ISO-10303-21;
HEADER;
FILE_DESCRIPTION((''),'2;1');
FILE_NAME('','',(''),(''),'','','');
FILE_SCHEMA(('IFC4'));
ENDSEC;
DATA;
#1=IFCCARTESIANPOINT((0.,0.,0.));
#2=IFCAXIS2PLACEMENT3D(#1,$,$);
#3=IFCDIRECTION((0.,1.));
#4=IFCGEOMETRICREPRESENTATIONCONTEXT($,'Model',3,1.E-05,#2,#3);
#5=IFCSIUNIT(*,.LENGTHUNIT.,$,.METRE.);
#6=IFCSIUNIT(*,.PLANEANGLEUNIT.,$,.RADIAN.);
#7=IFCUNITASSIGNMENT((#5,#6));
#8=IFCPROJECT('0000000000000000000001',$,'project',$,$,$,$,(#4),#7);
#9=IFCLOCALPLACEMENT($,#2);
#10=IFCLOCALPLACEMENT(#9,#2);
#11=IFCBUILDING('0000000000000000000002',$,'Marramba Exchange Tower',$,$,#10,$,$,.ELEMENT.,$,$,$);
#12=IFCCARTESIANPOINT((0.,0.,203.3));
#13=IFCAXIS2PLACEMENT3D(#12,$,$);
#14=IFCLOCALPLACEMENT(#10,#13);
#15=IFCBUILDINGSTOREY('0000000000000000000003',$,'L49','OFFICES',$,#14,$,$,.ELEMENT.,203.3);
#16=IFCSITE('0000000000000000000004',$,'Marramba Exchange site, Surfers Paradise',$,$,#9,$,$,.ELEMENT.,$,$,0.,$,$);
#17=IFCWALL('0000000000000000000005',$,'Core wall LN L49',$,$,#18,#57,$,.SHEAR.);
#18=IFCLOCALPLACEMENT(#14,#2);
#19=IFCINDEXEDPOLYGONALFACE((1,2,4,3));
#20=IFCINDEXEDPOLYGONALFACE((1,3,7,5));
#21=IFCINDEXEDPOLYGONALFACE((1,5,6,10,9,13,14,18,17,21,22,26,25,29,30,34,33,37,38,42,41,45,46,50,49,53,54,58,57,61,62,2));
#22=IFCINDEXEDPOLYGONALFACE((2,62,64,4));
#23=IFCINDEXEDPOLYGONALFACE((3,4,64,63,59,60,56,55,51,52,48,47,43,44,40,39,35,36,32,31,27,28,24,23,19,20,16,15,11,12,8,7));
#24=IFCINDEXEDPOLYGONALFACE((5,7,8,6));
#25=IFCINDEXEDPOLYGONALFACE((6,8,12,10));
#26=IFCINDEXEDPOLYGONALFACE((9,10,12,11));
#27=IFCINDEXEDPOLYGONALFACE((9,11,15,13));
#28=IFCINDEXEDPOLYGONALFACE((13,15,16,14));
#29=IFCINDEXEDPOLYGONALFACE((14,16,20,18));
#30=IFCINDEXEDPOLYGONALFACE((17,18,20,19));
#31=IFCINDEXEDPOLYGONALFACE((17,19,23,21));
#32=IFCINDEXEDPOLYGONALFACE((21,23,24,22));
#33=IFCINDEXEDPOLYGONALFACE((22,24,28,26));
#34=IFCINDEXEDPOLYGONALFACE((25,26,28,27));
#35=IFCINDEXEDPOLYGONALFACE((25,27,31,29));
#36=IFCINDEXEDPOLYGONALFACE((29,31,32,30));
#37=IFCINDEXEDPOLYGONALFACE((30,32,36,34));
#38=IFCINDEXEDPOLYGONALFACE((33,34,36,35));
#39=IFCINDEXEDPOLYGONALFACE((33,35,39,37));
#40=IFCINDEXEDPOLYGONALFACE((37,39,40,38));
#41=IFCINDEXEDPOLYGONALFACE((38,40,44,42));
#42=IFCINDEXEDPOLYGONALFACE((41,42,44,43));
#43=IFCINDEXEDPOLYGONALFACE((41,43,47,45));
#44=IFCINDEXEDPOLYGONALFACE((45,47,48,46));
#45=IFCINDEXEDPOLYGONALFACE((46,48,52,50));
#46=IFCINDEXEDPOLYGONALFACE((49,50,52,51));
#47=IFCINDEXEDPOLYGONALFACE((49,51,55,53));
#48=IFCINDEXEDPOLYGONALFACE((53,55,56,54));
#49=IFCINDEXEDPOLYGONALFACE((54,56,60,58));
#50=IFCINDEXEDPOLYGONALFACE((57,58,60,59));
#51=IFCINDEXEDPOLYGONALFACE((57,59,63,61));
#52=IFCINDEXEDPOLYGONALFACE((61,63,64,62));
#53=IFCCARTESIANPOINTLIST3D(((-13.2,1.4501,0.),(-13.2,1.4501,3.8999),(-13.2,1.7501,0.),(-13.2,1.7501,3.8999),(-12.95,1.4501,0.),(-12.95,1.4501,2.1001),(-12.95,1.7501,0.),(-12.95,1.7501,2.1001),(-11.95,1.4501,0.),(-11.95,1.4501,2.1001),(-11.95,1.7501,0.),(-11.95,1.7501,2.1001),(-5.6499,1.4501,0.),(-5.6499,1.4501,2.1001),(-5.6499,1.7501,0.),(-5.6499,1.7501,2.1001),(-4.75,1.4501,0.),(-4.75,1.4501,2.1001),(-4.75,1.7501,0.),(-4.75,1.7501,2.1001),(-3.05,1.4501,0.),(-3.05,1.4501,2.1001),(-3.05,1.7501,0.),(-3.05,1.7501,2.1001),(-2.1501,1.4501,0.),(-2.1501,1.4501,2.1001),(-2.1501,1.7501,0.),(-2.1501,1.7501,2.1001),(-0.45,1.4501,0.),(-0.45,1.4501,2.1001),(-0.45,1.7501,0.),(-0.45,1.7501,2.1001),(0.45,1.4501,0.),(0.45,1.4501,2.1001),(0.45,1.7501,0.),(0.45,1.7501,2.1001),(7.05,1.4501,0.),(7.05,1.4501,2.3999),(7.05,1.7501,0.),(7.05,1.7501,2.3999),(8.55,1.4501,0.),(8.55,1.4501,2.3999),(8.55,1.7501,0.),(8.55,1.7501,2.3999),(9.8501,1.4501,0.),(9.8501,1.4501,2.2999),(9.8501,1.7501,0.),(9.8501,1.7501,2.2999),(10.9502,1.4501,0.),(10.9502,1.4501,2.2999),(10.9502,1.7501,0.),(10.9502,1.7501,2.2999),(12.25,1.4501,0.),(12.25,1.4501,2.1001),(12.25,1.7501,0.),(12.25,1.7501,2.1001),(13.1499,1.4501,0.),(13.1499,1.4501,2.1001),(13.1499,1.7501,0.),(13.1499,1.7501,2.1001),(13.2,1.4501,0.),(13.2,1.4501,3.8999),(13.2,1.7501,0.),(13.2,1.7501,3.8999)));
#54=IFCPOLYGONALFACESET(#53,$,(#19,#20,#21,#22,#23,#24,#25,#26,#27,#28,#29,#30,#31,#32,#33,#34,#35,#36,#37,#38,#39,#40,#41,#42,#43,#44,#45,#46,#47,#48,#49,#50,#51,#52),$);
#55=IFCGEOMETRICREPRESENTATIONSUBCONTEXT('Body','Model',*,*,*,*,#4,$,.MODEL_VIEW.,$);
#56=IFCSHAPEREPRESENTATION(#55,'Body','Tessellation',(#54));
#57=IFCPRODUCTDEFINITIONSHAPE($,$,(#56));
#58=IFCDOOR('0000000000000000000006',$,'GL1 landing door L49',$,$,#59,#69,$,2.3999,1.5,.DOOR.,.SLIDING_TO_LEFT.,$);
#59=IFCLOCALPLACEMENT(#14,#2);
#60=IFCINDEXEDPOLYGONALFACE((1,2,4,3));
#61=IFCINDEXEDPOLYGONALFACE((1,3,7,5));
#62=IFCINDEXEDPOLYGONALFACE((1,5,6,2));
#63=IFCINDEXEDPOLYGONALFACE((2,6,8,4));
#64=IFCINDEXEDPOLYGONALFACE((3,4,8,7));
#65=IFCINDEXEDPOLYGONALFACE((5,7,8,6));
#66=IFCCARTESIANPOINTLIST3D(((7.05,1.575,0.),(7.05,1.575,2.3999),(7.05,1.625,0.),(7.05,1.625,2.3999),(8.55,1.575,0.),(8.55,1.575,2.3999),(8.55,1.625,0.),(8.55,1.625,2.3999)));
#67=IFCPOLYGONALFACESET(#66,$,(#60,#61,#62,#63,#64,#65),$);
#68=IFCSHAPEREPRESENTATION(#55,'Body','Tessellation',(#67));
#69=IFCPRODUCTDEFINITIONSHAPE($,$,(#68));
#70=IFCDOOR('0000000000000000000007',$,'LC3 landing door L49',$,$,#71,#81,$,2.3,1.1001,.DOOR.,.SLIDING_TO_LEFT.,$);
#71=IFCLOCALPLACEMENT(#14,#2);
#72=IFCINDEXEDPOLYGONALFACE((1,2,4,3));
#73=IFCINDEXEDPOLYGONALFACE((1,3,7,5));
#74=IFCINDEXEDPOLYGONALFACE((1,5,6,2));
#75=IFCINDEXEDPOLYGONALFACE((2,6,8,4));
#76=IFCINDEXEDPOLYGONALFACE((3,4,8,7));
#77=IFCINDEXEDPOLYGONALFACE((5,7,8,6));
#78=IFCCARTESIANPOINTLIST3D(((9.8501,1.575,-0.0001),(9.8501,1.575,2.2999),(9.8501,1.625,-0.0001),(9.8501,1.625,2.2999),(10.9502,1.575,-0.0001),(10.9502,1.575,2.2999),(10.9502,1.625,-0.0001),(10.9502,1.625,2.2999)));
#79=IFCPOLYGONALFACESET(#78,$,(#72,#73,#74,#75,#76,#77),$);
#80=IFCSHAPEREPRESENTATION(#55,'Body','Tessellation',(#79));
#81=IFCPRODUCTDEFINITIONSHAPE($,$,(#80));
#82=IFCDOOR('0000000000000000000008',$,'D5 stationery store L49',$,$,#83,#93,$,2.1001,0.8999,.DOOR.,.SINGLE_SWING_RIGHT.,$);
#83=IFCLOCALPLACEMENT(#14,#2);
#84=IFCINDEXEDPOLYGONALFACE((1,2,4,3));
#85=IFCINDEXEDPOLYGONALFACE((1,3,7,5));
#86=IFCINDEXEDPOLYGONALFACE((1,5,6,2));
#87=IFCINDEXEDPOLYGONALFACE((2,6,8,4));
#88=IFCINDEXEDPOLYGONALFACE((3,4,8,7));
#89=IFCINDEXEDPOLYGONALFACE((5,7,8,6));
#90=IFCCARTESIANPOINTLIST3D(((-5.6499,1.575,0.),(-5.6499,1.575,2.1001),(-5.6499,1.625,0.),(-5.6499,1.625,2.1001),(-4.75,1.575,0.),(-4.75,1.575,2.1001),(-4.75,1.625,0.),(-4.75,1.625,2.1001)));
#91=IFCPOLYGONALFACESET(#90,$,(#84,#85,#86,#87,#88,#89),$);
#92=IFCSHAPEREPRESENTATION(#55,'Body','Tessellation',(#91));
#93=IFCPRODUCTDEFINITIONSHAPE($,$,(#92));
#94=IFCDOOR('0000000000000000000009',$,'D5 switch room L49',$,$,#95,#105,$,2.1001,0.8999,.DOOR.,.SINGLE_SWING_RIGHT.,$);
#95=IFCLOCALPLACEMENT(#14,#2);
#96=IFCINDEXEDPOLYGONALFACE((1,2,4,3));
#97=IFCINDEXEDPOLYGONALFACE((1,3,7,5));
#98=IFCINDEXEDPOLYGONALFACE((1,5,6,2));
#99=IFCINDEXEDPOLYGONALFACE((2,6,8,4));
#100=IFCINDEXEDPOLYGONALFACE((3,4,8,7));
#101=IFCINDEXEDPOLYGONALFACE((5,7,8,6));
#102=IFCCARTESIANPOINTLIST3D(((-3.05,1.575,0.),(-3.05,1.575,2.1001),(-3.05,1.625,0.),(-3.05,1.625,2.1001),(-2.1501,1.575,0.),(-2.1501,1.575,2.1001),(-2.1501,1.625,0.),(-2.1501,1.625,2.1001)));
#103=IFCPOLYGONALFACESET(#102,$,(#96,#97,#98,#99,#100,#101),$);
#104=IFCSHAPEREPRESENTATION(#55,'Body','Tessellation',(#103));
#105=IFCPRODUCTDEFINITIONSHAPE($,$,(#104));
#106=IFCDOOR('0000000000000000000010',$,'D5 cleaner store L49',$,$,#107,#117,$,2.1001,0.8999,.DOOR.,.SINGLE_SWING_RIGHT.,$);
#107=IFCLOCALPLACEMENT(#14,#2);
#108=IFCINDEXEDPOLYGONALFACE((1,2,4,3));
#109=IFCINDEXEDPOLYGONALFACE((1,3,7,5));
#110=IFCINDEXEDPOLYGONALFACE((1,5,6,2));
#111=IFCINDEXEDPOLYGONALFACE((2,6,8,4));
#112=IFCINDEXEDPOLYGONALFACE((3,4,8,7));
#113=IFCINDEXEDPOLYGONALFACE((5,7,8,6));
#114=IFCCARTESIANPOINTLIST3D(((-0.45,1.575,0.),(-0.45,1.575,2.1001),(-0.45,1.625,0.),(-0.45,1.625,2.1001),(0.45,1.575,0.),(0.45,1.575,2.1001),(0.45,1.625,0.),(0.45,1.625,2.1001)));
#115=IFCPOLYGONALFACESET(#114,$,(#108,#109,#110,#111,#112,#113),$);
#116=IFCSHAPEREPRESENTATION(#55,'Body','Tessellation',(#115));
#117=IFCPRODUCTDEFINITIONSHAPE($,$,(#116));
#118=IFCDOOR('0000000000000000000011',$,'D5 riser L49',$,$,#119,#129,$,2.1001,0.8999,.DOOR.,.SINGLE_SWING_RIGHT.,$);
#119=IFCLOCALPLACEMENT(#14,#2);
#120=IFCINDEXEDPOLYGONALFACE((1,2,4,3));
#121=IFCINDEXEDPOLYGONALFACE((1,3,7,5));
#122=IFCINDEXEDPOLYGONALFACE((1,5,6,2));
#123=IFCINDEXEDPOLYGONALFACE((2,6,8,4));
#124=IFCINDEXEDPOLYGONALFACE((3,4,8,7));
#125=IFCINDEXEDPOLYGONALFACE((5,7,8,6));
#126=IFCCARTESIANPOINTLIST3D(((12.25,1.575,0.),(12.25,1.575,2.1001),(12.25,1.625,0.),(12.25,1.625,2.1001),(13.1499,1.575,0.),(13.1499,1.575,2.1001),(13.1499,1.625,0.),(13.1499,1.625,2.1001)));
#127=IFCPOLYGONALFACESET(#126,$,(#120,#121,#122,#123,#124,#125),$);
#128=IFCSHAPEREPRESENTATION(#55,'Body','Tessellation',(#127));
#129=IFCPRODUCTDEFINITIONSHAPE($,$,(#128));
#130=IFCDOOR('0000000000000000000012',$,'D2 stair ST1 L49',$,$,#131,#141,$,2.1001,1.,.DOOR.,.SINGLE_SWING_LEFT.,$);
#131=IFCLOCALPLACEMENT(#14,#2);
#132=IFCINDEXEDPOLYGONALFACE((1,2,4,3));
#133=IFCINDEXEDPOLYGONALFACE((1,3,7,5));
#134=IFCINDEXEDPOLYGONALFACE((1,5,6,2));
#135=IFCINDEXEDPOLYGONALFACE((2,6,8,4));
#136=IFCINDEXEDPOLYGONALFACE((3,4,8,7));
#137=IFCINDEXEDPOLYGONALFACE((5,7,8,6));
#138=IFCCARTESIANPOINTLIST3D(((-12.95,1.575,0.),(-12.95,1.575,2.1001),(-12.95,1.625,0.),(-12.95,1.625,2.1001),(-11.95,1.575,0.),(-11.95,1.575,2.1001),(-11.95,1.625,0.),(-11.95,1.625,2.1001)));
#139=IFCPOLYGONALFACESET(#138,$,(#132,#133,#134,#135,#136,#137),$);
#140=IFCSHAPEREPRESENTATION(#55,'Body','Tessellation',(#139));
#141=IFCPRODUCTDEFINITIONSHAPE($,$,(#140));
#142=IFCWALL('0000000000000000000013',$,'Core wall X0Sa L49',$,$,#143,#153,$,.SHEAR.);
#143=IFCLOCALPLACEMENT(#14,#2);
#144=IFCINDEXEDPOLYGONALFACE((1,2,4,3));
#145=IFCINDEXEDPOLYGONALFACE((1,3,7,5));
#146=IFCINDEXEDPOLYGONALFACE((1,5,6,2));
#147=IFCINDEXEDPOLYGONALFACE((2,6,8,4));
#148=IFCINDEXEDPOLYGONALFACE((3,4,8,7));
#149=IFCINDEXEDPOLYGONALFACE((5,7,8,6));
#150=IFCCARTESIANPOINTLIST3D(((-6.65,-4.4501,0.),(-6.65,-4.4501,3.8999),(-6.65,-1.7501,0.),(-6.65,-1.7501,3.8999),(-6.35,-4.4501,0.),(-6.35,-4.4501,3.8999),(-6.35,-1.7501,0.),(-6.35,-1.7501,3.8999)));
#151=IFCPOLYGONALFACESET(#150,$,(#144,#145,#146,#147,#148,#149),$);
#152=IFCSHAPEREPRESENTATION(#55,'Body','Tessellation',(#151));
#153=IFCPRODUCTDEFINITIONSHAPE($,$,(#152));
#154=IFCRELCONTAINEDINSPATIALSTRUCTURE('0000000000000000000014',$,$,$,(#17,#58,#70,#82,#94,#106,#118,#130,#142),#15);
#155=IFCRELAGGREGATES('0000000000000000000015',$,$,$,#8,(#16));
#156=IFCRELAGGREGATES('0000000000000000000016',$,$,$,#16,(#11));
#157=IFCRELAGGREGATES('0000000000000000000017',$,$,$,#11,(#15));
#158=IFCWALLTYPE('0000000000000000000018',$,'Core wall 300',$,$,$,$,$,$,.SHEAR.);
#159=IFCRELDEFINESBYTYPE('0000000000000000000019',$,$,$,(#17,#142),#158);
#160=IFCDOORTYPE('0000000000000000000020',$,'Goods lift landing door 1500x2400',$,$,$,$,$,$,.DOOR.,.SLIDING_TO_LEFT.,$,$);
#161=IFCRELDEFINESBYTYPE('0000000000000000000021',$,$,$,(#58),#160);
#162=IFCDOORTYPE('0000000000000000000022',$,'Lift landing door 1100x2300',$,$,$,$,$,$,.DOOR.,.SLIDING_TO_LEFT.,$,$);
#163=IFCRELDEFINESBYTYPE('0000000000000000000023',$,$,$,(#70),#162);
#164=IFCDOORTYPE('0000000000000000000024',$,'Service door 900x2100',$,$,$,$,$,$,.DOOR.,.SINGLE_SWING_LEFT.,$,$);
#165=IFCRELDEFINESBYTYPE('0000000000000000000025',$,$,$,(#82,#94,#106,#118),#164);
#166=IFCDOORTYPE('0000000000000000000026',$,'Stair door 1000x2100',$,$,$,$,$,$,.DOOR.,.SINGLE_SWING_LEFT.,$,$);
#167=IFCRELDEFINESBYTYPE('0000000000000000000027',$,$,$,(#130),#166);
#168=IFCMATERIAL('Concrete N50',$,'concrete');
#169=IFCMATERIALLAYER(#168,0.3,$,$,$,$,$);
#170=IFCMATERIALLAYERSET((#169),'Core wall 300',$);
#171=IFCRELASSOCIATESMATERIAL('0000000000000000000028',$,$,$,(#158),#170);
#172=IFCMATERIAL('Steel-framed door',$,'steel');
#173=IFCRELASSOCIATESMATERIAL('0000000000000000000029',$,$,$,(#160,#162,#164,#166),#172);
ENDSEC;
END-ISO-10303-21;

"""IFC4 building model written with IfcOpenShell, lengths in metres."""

from ifc_helpers import new_model, si_unit, direction, frame, frame_2d, origin, place, context, subcontext, project, spatial, rectangle, extrude, material, layer, layer_set, type_object, element, fill, save


model = new_model("IFC4")

# Units and contexts
model_context = context("Model", 3, precision=1e-05, world=origin(), true_north=direction((0.0, 1.0)))
body_context = subcontext(model_context, "Body", "Model", "MODEL_VIEW")
ifc_project = project(units=[si_unit("LENGTHUNIT", "METRE"), si_unit("PLANEANGLEUNIT", "RADIAN")], contexts=[model_context])

# Site, building, storey
site_placement = place(None, origin())
site = spatial("IfcSite", under=ifc_project, at=site_placement, Name="Marramba Exchange site, Surfers Paradise", CompositionType="ELEMENT", RefElevation=0.0)
building_placement = place(site_placement, origin())
building = spatial("IfcBuilding", under=site, at=building_placement, Name="Marramba Exchange Tower", CompositionType="ELEMENT")
storey_placement = place(building_placement, frame((0.0, 0.0, 203.3)))
storey = spatial("IfcBuildingStorey", under=building, at=storey_placement, Name="L49", Description="OFFICES", CompositionType="ELEMENT", Elevation=203.3)

# Shared definitions
ifc_material_1 = material(Name="Concrete N50", Category="concrete")

# Wall, openings, doors
ifc_layer_1 = layer(ifc_material_1, 0.3)
ifc_layer_set_1 = layer_set([ifc_layer_1], Name="Core wall 300")
wall_type_1 = type_object("IfcWallType", Name="Core wall 300", PredefinedType="SHEAR", material=ifc_layer_set_1)
wall_1_placement = place(storey_placement, frame((-13.2, 1.6001, 0.0), z_axis=(0.0, 0.0, 1.0), x_axis=(1.0, 0.0, 0.0)))
wall_1 = element("IfcWall", 1, at=wall_1_placement, inside=storey, type_object=wall_type_1, Name="Core wall LN L49", PredefinedType="SHEAR", context=body_context, shape_type="SweptSolid", body=[
    extrude(rectangle(XDim=26.3999, YDim=0.3, at=frame_2d((13.2, 0.0))), origin(), (0.0, 0.0, 1.0), 3.8999),
])
opening_1_placement = place(wall_1_placement, frame((0.25, 0.0, 0.0)))
opening_1 = element("IfcOpeningElement", 2, at=opening_1_placement, cuts=wall_1, PredefinedType="OPENING", context=body_context, shape_type="SweptSolid", body=[
    extrude(rectangle(XDim=1.0, YDim=2.1001, at=frame_2d((0.5, 1.05))), frame((0.0, 0.1599, 0.0), z_axis=(0.0, -1.0, 0.0), x_axis=(1.0, 0.0, 0.0)), (0.0, 0.0, 1.0), 0.3201),
])
opening_2_placement = place(wall_1_placement, frame((23.05, 0.0, 0.0)))
opening_2 = element("IfcOpeningElement", 3, at=opening_2_placement, cuts=wall_1, PredefinedType="OPENING", context=body_context, shape_type="SweptSolid", body=[
    extrude(rectangle(XDim=1.1001, YDim=2.3, at=frame_2d((0.55, 1.1499))), frame((0.0, 0.1599, 0.0), z_axis=(0.0, -1.0, 0.0), x_axis=(1.0, 0.0, 0.0)), (0.0, 0.0, 1.0), 0.3201),
])
opening_3_placement = place(wall_1_placement, frame((20.25, 0.0, 0.0)))
opening_3 = element("IfcOpeningElement", 4, at=opening_3_placement, cuts=wall_1, PredefinedType="OPENING", context=body_context, shape_type="SweptSolid", body=[
    extrude(rectangle(XDim=1.5, YDim=2.3999, at=frame_2d((0.75, 1.2))), frame((0.0, 0.1599, 0.0), z_axis=(0.0, -1.0, 0.0), x_axis=(1.0, 0.0, 0.0)), (0.0, 0.0, 1.0), 0.3201),
])
opening_4_placement = place(wall_1_placement, frame((7.55, 0.0, 0.0)))
opening_4 = element("IfcOpeningElement", 5, at=opening_4_placement, cuts=wall_1, PredefinedType="OPENING", context=body_context, shape_type="SweptSolid", body=[
    extrude(rectangle(XDim=0.8999, YDim=2.1001, at=frame_2d((0.45, 1.05))), frame((0.0, 0.1599, 0.0), z_axis=(0.0, -1.0, 0.0), x_axis=(1.0, 0.0, 0.0)), (0.0, 0.0, 1.0), 0.3201),
])
opening_5_placement = place(wall_1_placement, frame((10.1499, 0.0, 0.0)))
opening_5 = element("IfcOpeningElement", 6, at=opening_5_placement, cuts=wall_1, PredefinedType="OPENING", context=body_context, shape_type="SweptSolid", body=[
    extrude(rectangle(XDim=0.8999, YDim=2.1001, at=frame_2d((0.45, 1.05))), frame((0.0, 0.1599, 0.0), z_axis=(0.0, -1.0, 0.0), x_axis=(1.0, 0.0, 0.0)), (0.0, 0.0, 1.0), 0.3201),
])
opening_6_placement = place(wall_1_placement, frame((12.75, 0.0, 0.0)))
opening_6 = element("IfcOpeningElement", 7, at=opening_6_placement, cuts=wall_1, PredefinedType="OPENING", context=body_context, shape_type="SweptSolid", body=[
    extrude(rectangle(XDim=0.8999, YDim=2.1001, at=frame_2d((0.45, 1.05))), frame((0.0, 0.1599, 0.0), z_axis=(0.0, -1.0, 0.0), x_axis=(1.0, 0.0, 0.0)), (0.0, 0.0, 1.0), 0.3201),
])
opening_7_placement = place(wall_1_placement, frame((25.45, 0.0, 0.0)))
opening_7 = element("IfcOpeningElement", 8, at=opening_7_placement, cuts=wall_1, PredefinedType="OPENING", context=body_context, shape_type="SweptSolid", body=[
    extrude(rectangle(XDim=0.8999, YDim=2.1001, at=frame_2d((0.45, 1.05))), frame((0.0, 0.1599, 0.0), z_axis=(0.0, -1.0, 0.0), x_axis=(1.0, 0.0, 0.0)), (0.0, 0.0, 1.0), 0.3201),
])
ifc_material_2 = material(Name="Steel-framed door", Category="steel")
door_type_1 = type_object("IfcDoorType", Name="Goods lift landing door 1500x2400", OperationType="SLIDING_TO_LEFT", PredefinedType="DOOR", material=ifc_material_2)
door_1_placement = place(opening_3_placement, origin())
door_1 = element("IfcDoor", 9, at=door_1_placement, inside=storey, type_object=door_type_1, Name="GL1 landing door L49", OperationType="SLIDING_TO_LEFT", OverallHeight=2.3999, OverallWidth=1.5, PredefinedType="DOOR", context=body_context, shape_type="SweptSolid", body=[
    extrude(rectangle(XDim=1.5, YDim=2.3999, at=frame_2d((0.75, 1.2))), frame((0.0, 0.0249, 0.0), z_axis=(0.0, -1.0, 0.0), x_axis=(1.0, 0.0, 0.0)), (0.0, 0.0, 1.0), 0.05),
])
fill(opening_3, door_1)
door_type_2 = type_object("IfcDoorType", Name="Lift landing door 1100x2300", OperationType="SLIDING_TO_LEFT", PredefinedType="DOOR", material=ifc_material_2)
door_2_placement = place(opening_2_placement, origin())
door_2 = element("IfcDoor", 10, at=door_2_placement, inside=storey, type_object=door_type_2, Name="LC3 landing door L49", OperationType="SLIDING_TO_LEFT", OverallHeight=2.3, OverallWidth=1.1001, PredefinedType="DOOR", context=body_context, shape_type="SweptSolid", body=[
    extrude(rectangle(XDim=1.1001, YDim=2.3, at=frame_2d((0.55, 1.1499))), frame((0.0, 0.0249, 0.0), z_axis=(0.0, -1.0, 0.0), x_axis=(1.0, 0.0, 0.0)), (0.0, 0.0, 1.0), 0.05),
])
fill(opening_2, door_2)
door_type_3 = type_object("IfcDoorType", Name="Service door 900x2100", OperationType="SINGLE_SWING_LEFT", PredefinedType="DOOR", material=ifc_material_2)
door_3_placement = place(opening_4_placement, origin())
door_3 = element("IfcDoor", 11, at=door_3_placement, inside=storey, type_object=door_type_3, Name="D5 stationery store L49", OperationType="SINGLE_SWING_RIGHT", OverallHeight=2.1001, OverallWidth=0.8999, PredefinedType="DOOR", context=body_context, shape_type="SweptSolid", body=[
    extrude(rectangle(XDim=0.8999, YDim=2.1001, at=frame_2d((0.45, 1.05))), frame((0.0, 0.0249, 0.0), z_axis=(0.0, -1.0, 0.0), x_axis=(1.0, 0.0, 0.0)), (0.0, 0.0, 1.0), 0.05),
])
fill(opening_4, door_3)
door_4_placement = place(opening_5_placement, origin())
door_4 = element("IfcDoor", 12, at=door_4_placement, inside=storey, type_object=door_type_3, Name="D5 switch room L49", OperationType="SINGLE_SWING_RIGHT", OverallHeight=2.1001, OverallWidth=0.8999, PredefinedType="DOOR", context=body_context, shape_type="SweptSolid", body=[
    extrude(rectangle(XDim=0.8999, YDim=2.1001, at=frame_2d((0.45, 1.05))), frame((0.0, 0.0249, 0.0), z_axis=(0.0, -1.0, 0.0), x_axis=(1.0, 0.0, 0.0)), (0.0, 0.0, 1.0), 0.05),
])
fill(opening_5, door_4)
door_5_placement = place(opening_6_placement, origin())
door_5 = element("IfcDoor", 13, at=door_5_placement, inside=storey, type_object=door_type_3, Name="D5 cleaner store L49", OperationType="SINGLE_SWING_RIGHT", OverallHeight=2.1001, OverallWidth=0.8999, PredefinedType="DOOR", context=body_context, shape_type="SweptSolid", body=[
    extrude(rectangle(XDim=0.8999, YDim=2.1001, at=frame_2d((0.45, 1.05))), frame((0.0, 0.0249, 0.0), z_axis=(0.0, -1.0, 0.0), x_axis=(1.0, 0.0, 0.0)), (0.0, 0.0, 1.0), 0.05),
])
fill(opening_6, door_5)
door_6_placement = place(opening_7_placement, origin())
door_6 = element("IfcDoor", 14, at=door_6_placement, inside=storey, type_object=door_type_3, Name="D5 riser L49", OperationType="SINGLE_SWING_RIGHT", OverallHeight=2.1001, OverallWidth=0.8999, PredefinedType="DOOR", context=body_context, shape_type="SweptSolid", body=[
    extrude(rectangle(XDim=0.8999, YDim=2.1001, at=frame_2d((0.45, 1.05))), frame((0.0, 0.0249, 0.0), z_axis=(0.0, -1.0, 0.0), x_axis=(1.0, 0.0, 0.0)), (0.0, 0.0, 1.0), 0.05),
])
fill(opening_7, door_6)
door_type_4 = type_object("IfcDoorType", Name="Stair door 1000x2100", OperationType="SINGLE_SWING_LEFT", PredefinedType="DOOR", material=ifc_material_2)
door_7_placement = place(opening_1_placement, origin())
door_7 = element("IfcDoor", 15, at=door_7_placement, inside=storey, type_object=door_type_4, Name="D2 stair ST1 L49", OperationType="SINGLE_SWING_LEFT", OverallHeight=2.1001, OverallWidth=1.0, PredefinedType="DOOR", context=body_context, shape_type="SweptSolid", body=[
    extrude(rectangle(XDim=1.0, YDim=2.1001, at=frame_2d((0.5, 1.05))), frame((0.0, 0.0249, 0.0), z_axis=(0.0, -1.0, 0.0), x_axis=(1.0, 0.0, 0.0)), (0.0, 0.0, 1.0), 0.05),
])
fill(opening_1, door_7)

# Wall
wall_2_placement = place(storey_placement, frame((-6.5, -1.75, 0.0), z_axis=(0.0, 0.0, 1.0), x_axis=(0.0, -1.0, 0.0)))
element("IfcWall", 16, at=wall_2_placement, inside=storey, type_object=wall_type_1, Name="Core wall X0Sa L49", PredefinedType="SHEAR", context=body_context, shape_type="SweptSolid", body=[
    extrude(rectangle(XDim=2.7, YDim=0.3, at=frame_2d((1.3501, 0.0))), origin(), (0.0, 0.0, 1.0), 3.8999),
])

save(model, "model.ifc")
